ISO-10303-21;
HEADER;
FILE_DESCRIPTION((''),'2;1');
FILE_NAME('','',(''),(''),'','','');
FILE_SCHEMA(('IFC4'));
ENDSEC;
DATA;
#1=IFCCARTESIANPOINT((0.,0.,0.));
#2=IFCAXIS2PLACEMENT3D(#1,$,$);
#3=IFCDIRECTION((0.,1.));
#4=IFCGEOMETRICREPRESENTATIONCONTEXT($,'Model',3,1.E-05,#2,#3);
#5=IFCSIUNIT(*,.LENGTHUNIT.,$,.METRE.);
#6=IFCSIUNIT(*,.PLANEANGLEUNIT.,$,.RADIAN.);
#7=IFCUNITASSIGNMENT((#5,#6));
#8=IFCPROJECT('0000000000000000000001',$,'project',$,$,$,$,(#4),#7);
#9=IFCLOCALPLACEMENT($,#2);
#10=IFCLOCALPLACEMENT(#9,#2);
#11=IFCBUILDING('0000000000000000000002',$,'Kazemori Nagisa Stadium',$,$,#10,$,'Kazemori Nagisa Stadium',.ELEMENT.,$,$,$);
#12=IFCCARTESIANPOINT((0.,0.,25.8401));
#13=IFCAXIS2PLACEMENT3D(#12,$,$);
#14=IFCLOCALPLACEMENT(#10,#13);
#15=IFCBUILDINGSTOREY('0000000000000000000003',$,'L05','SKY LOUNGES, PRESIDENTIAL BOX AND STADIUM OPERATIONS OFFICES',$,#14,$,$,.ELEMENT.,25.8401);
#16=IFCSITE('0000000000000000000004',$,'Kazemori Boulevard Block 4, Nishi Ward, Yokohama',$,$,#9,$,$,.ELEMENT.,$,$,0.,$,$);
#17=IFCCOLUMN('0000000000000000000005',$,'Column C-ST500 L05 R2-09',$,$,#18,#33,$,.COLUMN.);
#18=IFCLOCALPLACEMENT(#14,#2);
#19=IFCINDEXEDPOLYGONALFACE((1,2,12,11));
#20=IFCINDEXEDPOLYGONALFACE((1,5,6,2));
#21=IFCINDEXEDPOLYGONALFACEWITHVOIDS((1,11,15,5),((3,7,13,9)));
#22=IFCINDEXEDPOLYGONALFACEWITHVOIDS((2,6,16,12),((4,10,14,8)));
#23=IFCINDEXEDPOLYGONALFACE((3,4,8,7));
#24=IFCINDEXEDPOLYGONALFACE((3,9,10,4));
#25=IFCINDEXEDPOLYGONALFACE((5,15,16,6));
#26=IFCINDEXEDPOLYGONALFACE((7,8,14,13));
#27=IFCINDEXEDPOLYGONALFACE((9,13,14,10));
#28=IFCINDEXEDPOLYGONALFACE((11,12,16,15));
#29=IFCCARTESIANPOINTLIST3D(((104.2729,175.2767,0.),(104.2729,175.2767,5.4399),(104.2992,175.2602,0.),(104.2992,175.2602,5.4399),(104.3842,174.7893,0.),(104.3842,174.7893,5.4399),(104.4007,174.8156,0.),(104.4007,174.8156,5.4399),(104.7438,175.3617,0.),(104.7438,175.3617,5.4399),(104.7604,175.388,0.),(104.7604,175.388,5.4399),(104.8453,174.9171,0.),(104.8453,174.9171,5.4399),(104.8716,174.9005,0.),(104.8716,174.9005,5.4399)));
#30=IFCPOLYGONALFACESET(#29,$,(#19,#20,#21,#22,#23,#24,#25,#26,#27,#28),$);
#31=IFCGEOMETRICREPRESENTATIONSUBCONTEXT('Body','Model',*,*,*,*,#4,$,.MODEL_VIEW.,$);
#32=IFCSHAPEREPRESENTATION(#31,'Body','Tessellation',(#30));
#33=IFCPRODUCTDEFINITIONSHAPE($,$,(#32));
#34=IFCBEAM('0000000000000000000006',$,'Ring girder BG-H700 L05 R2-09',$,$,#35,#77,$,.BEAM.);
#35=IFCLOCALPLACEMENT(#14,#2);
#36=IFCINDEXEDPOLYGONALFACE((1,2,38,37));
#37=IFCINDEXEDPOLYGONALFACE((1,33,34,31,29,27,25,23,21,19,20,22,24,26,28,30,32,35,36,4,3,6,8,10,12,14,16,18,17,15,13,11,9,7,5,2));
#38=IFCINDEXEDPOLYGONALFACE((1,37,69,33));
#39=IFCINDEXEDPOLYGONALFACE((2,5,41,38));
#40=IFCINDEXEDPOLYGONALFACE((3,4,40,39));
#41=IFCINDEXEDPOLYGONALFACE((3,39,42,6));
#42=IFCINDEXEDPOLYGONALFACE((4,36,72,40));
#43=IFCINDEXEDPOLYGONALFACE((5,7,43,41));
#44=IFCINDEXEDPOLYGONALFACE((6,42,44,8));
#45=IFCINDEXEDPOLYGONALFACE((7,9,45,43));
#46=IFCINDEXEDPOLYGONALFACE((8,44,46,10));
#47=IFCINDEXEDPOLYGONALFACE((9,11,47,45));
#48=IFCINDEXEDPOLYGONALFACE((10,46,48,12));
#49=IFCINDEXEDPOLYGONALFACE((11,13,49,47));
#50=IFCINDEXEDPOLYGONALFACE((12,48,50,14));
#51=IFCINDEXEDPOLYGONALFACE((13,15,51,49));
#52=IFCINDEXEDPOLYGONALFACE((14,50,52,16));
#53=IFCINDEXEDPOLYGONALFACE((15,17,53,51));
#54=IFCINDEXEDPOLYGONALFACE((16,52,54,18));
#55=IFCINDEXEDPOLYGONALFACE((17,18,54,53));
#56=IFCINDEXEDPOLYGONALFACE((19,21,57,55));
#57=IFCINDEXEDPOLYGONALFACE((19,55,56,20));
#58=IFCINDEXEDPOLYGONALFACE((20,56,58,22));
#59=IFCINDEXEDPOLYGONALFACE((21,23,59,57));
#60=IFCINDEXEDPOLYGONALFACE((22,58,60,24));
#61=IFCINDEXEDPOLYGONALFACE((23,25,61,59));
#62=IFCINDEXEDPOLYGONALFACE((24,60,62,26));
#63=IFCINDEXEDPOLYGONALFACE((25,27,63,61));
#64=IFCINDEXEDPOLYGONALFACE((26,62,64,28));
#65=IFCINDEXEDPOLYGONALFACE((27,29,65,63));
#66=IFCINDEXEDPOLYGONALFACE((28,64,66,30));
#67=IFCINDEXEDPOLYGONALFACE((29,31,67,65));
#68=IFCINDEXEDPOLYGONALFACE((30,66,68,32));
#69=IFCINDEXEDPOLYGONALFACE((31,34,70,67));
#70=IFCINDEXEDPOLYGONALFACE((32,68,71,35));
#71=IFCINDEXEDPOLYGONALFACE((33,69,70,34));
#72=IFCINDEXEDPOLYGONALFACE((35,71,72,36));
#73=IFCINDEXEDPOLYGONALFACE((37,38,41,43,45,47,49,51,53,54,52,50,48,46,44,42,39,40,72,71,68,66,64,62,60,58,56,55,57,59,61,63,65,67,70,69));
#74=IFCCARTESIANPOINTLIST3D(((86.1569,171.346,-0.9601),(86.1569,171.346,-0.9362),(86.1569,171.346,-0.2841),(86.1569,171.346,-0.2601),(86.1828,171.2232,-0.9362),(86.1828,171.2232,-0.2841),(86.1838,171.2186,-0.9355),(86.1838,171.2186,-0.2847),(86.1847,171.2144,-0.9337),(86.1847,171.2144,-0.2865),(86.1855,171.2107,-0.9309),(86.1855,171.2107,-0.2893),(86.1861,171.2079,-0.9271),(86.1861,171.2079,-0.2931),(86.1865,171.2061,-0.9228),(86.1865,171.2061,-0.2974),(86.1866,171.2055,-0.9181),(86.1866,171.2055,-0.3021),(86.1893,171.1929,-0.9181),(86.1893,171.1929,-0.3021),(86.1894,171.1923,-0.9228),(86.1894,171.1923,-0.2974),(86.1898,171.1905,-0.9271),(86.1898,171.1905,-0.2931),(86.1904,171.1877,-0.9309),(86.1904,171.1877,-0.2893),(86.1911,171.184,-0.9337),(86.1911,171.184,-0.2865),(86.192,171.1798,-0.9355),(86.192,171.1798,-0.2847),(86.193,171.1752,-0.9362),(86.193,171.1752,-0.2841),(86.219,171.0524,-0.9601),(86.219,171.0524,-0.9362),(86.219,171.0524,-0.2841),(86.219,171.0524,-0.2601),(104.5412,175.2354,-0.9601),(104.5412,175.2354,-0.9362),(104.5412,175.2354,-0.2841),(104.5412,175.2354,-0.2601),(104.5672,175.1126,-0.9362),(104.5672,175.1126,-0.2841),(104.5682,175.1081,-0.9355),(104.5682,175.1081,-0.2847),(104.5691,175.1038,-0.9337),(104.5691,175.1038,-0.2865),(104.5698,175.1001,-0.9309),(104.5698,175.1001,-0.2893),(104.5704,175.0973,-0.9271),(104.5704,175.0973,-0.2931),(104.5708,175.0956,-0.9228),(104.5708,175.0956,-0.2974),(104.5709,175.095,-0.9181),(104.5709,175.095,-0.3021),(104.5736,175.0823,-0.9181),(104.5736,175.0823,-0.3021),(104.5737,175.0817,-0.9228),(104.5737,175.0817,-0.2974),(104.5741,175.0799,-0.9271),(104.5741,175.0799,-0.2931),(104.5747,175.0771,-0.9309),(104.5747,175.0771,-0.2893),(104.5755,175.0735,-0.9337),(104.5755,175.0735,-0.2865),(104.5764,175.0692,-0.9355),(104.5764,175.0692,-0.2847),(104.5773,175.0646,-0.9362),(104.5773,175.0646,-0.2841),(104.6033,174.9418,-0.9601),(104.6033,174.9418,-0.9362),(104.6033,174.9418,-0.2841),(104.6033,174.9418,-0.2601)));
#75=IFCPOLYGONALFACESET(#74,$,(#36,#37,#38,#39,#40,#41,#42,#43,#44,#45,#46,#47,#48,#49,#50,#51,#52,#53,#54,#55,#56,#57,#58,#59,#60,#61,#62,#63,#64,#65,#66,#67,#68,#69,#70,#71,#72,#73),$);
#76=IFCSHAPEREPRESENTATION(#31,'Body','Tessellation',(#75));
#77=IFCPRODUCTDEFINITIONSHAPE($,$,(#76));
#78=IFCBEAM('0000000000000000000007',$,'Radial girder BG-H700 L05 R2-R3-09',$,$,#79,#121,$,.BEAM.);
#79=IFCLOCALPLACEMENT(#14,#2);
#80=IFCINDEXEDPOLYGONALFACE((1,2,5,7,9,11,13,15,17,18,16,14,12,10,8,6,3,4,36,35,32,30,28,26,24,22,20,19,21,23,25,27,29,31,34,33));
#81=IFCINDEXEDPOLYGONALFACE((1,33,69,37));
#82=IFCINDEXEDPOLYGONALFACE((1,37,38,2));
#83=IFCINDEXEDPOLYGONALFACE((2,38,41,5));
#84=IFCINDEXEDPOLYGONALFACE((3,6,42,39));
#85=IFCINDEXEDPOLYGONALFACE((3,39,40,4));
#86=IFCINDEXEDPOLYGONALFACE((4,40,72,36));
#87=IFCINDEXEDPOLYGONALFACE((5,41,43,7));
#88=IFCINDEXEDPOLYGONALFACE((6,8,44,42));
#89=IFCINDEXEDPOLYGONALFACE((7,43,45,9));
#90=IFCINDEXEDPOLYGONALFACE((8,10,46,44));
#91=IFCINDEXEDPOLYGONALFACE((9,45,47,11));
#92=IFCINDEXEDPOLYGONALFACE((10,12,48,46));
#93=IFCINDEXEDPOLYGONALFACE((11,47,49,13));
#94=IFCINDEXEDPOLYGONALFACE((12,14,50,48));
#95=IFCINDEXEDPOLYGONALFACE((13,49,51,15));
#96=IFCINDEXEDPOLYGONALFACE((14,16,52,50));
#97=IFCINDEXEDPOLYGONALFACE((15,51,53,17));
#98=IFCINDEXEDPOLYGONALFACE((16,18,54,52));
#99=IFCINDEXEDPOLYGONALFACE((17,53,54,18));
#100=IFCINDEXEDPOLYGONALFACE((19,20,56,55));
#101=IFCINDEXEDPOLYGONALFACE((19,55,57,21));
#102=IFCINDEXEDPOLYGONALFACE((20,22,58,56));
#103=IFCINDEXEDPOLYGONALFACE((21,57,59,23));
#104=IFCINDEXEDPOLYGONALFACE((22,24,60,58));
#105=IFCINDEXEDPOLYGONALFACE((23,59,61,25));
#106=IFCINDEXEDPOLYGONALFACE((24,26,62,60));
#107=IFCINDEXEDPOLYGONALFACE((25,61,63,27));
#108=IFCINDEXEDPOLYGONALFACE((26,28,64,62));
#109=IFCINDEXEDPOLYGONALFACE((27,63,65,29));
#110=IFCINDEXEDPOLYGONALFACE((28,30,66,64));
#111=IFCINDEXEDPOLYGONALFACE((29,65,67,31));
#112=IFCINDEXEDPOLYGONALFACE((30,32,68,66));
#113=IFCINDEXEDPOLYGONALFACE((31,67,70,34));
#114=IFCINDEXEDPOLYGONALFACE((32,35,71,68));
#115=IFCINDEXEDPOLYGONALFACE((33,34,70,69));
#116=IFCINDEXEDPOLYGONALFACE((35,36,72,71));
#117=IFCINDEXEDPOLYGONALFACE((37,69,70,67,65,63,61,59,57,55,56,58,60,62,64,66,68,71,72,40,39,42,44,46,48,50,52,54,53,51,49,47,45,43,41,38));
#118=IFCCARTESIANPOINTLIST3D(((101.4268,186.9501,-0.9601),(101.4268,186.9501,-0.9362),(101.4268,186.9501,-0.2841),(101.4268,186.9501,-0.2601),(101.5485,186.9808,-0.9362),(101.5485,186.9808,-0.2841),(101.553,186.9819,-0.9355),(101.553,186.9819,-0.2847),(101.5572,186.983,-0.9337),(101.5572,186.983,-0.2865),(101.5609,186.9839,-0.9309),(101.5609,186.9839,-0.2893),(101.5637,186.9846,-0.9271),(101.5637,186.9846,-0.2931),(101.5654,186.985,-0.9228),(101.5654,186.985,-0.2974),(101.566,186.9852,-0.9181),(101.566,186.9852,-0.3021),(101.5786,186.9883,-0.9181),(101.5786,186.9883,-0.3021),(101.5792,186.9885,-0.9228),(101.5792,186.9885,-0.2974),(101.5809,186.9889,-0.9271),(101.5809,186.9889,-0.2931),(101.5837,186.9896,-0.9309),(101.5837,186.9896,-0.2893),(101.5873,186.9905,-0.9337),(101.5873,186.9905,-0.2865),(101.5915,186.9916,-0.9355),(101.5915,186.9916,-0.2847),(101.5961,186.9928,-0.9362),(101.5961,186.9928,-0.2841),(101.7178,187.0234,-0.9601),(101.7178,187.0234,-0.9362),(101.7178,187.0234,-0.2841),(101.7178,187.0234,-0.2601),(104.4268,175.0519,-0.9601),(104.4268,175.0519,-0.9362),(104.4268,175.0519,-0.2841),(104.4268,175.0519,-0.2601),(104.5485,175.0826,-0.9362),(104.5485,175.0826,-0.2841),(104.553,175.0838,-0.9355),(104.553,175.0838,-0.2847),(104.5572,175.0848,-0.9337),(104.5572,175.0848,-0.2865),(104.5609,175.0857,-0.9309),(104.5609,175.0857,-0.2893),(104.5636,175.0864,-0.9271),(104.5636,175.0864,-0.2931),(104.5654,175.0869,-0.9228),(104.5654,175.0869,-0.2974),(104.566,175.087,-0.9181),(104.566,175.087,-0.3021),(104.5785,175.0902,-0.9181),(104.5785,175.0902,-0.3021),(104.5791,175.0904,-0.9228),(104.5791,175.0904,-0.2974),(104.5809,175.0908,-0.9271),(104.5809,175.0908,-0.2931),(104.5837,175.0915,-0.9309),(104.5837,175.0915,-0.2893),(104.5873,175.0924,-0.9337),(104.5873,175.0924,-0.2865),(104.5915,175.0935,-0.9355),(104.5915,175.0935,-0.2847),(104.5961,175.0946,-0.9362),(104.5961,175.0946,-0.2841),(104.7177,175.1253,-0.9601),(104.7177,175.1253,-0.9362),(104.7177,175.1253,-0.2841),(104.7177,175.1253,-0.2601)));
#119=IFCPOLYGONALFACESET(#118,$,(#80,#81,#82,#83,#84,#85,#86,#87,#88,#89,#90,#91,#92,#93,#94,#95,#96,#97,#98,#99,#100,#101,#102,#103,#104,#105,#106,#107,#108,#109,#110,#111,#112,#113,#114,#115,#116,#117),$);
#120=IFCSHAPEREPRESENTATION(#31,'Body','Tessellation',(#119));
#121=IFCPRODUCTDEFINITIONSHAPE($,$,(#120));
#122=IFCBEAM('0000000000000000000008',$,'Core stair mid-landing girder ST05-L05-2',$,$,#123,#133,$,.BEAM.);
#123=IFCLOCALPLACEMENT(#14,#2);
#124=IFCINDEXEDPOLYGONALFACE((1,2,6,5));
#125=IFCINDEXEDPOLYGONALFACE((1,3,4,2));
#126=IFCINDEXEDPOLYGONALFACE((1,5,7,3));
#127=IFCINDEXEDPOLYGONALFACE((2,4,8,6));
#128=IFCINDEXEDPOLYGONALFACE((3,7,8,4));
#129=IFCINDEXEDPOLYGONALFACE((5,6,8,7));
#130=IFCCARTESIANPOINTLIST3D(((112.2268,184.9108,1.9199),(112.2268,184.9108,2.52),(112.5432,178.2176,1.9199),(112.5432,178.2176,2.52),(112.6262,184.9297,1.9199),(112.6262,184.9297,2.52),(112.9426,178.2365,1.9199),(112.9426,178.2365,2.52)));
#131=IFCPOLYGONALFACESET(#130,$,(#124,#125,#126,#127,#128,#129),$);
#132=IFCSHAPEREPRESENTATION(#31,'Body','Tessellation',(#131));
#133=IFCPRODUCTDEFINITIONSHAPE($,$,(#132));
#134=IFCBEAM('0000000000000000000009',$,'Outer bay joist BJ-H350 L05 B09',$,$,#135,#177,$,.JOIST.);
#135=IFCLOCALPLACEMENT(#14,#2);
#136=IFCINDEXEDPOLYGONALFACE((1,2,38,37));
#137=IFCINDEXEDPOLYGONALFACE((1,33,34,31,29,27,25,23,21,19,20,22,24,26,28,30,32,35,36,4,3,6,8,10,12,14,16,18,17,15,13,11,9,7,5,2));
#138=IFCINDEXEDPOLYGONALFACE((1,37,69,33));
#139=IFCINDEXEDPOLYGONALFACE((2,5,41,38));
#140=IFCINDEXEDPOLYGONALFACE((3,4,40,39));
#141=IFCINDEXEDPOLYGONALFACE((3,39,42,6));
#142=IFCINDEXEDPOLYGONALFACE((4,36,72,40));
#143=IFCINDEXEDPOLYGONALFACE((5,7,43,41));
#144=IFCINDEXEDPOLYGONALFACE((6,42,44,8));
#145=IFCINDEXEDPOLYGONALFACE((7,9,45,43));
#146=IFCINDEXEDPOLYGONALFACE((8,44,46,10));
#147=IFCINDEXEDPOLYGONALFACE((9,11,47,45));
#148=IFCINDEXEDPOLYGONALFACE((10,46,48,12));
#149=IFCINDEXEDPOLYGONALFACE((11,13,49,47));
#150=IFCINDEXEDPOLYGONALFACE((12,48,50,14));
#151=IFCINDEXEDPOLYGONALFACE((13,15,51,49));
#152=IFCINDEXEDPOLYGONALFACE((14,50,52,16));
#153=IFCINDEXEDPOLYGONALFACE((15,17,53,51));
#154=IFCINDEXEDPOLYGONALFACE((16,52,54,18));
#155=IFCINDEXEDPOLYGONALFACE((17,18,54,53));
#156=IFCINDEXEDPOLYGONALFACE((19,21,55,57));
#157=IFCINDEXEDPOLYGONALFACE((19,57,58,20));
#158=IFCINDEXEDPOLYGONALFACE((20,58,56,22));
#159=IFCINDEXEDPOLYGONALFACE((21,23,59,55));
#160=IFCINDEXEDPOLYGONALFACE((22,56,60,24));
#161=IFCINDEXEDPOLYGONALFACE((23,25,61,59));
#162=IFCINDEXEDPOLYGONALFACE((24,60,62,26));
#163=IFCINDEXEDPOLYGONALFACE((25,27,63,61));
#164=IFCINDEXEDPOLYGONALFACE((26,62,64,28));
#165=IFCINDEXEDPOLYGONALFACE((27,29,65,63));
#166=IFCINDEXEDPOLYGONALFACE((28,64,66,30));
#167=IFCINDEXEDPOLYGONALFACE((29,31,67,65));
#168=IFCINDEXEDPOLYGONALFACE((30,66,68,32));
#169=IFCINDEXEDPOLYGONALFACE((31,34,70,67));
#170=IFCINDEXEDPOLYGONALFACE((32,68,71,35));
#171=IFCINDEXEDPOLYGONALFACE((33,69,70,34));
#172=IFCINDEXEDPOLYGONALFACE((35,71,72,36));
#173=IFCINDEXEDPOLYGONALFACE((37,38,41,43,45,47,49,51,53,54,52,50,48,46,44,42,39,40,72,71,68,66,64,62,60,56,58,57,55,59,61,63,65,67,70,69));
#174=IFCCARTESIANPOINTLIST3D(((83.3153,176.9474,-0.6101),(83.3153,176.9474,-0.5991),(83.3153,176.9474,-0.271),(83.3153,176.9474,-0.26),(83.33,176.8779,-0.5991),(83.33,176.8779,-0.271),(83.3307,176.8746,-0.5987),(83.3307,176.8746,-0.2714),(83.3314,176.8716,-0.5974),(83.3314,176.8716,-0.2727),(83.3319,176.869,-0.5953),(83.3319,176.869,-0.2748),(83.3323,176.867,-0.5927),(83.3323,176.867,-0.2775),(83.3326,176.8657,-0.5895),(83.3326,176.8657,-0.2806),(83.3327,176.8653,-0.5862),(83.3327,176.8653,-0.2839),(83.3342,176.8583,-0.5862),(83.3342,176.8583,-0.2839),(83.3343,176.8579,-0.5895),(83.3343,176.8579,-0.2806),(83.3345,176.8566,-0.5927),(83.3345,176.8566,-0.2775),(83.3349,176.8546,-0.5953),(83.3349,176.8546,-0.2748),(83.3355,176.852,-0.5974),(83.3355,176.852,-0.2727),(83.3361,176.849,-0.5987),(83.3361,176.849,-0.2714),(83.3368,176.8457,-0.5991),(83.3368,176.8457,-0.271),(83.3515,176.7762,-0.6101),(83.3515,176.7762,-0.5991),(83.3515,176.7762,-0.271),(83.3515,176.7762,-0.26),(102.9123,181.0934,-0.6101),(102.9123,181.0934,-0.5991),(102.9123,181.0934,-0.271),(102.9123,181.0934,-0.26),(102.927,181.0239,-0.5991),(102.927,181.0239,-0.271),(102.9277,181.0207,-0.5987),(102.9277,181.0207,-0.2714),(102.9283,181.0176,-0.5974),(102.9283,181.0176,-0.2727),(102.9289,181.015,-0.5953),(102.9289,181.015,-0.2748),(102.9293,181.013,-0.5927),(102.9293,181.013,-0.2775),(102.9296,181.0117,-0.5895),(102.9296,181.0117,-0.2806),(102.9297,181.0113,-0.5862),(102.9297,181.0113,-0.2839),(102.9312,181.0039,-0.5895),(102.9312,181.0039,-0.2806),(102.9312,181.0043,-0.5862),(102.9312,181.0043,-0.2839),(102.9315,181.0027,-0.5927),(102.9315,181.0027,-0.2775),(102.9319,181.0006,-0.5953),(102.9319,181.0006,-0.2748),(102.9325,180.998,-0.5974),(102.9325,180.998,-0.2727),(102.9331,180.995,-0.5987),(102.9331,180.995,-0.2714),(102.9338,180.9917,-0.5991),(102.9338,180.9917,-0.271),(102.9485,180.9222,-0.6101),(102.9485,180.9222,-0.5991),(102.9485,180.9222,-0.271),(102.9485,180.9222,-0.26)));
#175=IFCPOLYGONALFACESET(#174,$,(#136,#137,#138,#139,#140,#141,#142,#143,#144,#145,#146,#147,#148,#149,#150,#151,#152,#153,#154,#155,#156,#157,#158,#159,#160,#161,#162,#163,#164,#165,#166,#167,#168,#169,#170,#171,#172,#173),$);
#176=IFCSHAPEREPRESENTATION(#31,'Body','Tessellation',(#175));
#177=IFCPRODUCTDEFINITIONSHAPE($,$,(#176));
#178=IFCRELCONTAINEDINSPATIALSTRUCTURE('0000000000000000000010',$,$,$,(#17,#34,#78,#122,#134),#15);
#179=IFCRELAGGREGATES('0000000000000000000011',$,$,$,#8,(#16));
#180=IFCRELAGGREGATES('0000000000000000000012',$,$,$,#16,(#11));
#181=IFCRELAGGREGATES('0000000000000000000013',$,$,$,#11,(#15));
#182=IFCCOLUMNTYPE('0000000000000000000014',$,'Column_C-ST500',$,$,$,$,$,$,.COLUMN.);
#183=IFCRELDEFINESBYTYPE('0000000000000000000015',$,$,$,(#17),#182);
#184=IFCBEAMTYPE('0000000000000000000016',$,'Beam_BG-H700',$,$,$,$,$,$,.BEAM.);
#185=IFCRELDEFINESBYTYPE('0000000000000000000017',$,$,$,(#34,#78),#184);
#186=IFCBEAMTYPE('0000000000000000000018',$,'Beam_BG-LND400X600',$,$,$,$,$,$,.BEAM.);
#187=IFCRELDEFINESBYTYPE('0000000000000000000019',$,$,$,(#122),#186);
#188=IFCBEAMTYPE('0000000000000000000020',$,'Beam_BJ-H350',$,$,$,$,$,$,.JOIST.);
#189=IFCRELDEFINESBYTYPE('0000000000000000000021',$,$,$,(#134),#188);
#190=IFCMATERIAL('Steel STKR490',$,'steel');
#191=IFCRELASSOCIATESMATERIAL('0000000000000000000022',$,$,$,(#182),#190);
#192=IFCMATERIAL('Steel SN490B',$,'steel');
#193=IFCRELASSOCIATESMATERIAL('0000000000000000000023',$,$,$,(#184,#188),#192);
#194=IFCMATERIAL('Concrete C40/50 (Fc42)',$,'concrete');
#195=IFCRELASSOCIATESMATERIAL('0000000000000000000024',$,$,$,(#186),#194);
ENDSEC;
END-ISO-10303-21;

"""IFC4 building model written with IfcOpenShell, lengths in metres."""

from ifc_helpers import new_model, si_unit, direction, frame, origin, origin_2d, place, context, subcontext, project, spatial, rectangle, hollow_rectangle, i_section, extrude, material, material_profile, profile_set, type_object, element, save


model = new_model("IFC4")

# Units and contexts
model_context = context("Model", 3, precision=1e-05, world=origin(), true_north=direction((0.0, 1.0)))
body_context = subcontext(model_context, "Body", "Model", "MODEL_VIEW")
ifc_project = project(units=[si_unit("LENGTHUNIT", "METRE"), si_unit("PLANEANGLEUNIT", "RADIAN")], contexts=[model_context])

# Site, building, storey
site_placement = place(None, origin())
site = spatial("IfcSite", under=ifc_project, at=site_placement, Name="Kazemori Boulevard Block 4, Nishi Ward, Yokohama", CompositionType="ELEMENT", RefElevation=0.0)
building_placement = place(site_placement, origin())
building = spatial("IfcBuilding", under=site, at=building_placement, Name="Kazemori Nagisa Stadium", LongName="Kazemori Nagisa Stadium", CompositionType="ELEMENT")
storey_placement = place(building_placement, frame((0.0, 0.0, 25.8401)))
storey = spatial("IfcBuildingStorey", under=building, at=storey_placement, Name="L05", Description="SKY LOUNGES, PRESIDENTIAL BOX AND STADIUM OPERATIONS OFFICES", CompositionType="ELEMENT", Elevation=25.8401)

# Column
ifc_material_1 = material(Name="Steel STKR490", Category="steel")
ifc_material_profile_1 = material_profile(ifc_material_1, hollow_rectangle(XDim=0.5, YDim=0.5, WallThickness=0.022, at=origin_2d()), Name="SHS-500x500x22")
ifc_profile_set_1 = profile_set([ifc_material_profile_1], Name="Steel STKR490")
column_type = type_object("IfcColumnType", Name="Column_C-ST500", PredefinedType="COLUMN", material=ifc_profile_set_1)
column_placement = place(storey_placement, frame((104.5723, 175.0886, 0.0), z_axis=(0.0, 0.0, 1.0), x_axis=(-0.222521, 0.974928, 0.0)))
element("IfcColumn", 1, at=column_placement, inside=storey, type_object=column_type, Name="Column C-ST500 L05 R2-09", PredefinedType="COLUMN", context=body_context, shape_type="SweptSolid", body=[
    extrude(hollow_rectangle(XDim=0.5, YDim=0.5, WallThickness=0.022, at=origin_2d()), origin(), (0.0, 0.0, 1.0), 5.4399),
])

# Beams
ifc_material_2 = material(Name="Steel SN490B", Category="steel")
ifc_material_profile_2 = material_profile(ifc_material_2, i_section(OverallWidth=0.3, OverallDepth=0.7, WebThickness=0.0129, FlangeThickness=0.0239, FilletRadius=0.0181, at=origin_2d()), Name="H-700x300x13x24")
ifc_profile_set_2 = profile_set([ifc_material_profile_2], Name="Steel SN490B")
beam_type_1 = type_object("IfcBeamType", Name="Beam_BG-H700", PredefinedType="BEAM", material=ifc_profile_set_2)
beam_1_placement = place(storey_placement, frame((104.5723, 175.0886, -0.6101), z_axis=(-0.978345, -0.20698, 0.0), x_axis=(0.20698, -0.978345, 0.0)))
element("IfcBeam", 2, at=beam_1_placement, inside=storey, type_object=beam_type_1, Name="Ring girder BG-H700 L05 R2-09", PredefinedType="BEAM", context=body_context, shape_type="SweptSolid", body=[
    extrude(i_section(OverallWidth=0.3, OverallDepth=0.7, WebThickness=0.0129, FlangeThickness=0.0239, FilletRadius=0.0181, at=origin_2d()), origin(), (0.0, 0.0, 1.0), 18.7913),
])
beam_2_placement = place(storey_placement, frame((104.5723, 175.0886, -0.6101), z_axis=(-0.244487, 0.969652, 0.0), x_axis=(-0.969652, -0.244487, 0.0)))
element("IfcBeam", 3, at=beam_2_placement, inside=storey, type_object=beam_type_1, Name="Radial girder BG-H700 L05 R2-R3-09", PredefinedType="BEAM", context=body_context, shape_type="SweptSolid", body=[
    extrude(i_section(OverallWidth=0.3, OverallDepth=0.7, WebThickness=0.0129, FlangeThickness=0.0239, FilletRadius=0.0181, at=origin_2d()), origin(), (0.0, 0.0, 1.0), 12.2705),
])
ifc_material_3 = material(Name="Concrete C40/50 (Fc42)", Category="concrete")
ifc_material_profile_3 = material_profile(ifc_material_3, rectangle(XDim=0.3999, YDim=0.6001, at=origin_2d()), Name="RC-BM-400x600")
ifc_profile_set_3 = profile_set([ifc_material_profile_3], Name="Concrete C40/50 (Fc42)")
beam_type_2 = type_object("IfcBeamType", Name="Beam_BG-LND400X600", PredefinedType="BEAM", material=ifc_profile_set_3)
beam_3_placement = place(storey_placement, frame((112.7429, 178.2271, 2.22), z_axis=(-0.047221, 0.998884, 0.0), x_axis=(-0.998884, -0.047221, 0.0)))
element("IfcBeam", 4, at=beam_3_placement, inside=storey, type_object=beam_type_2, Name="Core stair mid-landing girder ST05-L05-2", PredefinedType="BEAM", context=body_context, shape_type="SweptSolid", body=[
    extrude(rectangle(XDim=0.3999, YDim=0.6001, at=origin_2d()), origin(), (0.0, 0.0, 1.0), 6.7007),
])
ifc_material_profile_4 = material_profile(ifc_material_2, i_section(OverallWidth=0.175, OverallDepth=0.3501, WebThickness=0.0071, FlangeThickness=0.011, FilletRadius=0.0129, at=origin_2d()), Name="H-350x175x7x11")
ifc_profile_set_4 = profile_set([ifc_material_profile_4], Name="Steel SN490B")
beam_type_3 = type_object("IfcBeamType", Name="Beam_BJ-H350", PredefinedType="JOIST", material=ifc_profile_set_4)
beam_4_placement = place(storey_placement, frame((102.9304, 181.0078, -0.4351), z_axis=(-0.978345, -0.206982, 0.0), x_axis=(0.206982, -0.978345, 0.0)))
element("IfcBeam", 5, at=beam_4_placement, inside=storey, type_object=beam_type_3, Name="Outer bay joist BJ-H350 L05 B09", PredefinedType="JOIST", context=body_context, shape_type="SweptSolid", body=[
    extrude(i_section(OverallWidth=0.175, OverallDepth=0.3501, WebThickness=0.0071, FlangeThickness=0.011, FilletRadius=0.0129, at=origin_2d()), origin(), (0.0, 0.0, 1.0), 20.0308),
])

save(model, "model.ifc")
